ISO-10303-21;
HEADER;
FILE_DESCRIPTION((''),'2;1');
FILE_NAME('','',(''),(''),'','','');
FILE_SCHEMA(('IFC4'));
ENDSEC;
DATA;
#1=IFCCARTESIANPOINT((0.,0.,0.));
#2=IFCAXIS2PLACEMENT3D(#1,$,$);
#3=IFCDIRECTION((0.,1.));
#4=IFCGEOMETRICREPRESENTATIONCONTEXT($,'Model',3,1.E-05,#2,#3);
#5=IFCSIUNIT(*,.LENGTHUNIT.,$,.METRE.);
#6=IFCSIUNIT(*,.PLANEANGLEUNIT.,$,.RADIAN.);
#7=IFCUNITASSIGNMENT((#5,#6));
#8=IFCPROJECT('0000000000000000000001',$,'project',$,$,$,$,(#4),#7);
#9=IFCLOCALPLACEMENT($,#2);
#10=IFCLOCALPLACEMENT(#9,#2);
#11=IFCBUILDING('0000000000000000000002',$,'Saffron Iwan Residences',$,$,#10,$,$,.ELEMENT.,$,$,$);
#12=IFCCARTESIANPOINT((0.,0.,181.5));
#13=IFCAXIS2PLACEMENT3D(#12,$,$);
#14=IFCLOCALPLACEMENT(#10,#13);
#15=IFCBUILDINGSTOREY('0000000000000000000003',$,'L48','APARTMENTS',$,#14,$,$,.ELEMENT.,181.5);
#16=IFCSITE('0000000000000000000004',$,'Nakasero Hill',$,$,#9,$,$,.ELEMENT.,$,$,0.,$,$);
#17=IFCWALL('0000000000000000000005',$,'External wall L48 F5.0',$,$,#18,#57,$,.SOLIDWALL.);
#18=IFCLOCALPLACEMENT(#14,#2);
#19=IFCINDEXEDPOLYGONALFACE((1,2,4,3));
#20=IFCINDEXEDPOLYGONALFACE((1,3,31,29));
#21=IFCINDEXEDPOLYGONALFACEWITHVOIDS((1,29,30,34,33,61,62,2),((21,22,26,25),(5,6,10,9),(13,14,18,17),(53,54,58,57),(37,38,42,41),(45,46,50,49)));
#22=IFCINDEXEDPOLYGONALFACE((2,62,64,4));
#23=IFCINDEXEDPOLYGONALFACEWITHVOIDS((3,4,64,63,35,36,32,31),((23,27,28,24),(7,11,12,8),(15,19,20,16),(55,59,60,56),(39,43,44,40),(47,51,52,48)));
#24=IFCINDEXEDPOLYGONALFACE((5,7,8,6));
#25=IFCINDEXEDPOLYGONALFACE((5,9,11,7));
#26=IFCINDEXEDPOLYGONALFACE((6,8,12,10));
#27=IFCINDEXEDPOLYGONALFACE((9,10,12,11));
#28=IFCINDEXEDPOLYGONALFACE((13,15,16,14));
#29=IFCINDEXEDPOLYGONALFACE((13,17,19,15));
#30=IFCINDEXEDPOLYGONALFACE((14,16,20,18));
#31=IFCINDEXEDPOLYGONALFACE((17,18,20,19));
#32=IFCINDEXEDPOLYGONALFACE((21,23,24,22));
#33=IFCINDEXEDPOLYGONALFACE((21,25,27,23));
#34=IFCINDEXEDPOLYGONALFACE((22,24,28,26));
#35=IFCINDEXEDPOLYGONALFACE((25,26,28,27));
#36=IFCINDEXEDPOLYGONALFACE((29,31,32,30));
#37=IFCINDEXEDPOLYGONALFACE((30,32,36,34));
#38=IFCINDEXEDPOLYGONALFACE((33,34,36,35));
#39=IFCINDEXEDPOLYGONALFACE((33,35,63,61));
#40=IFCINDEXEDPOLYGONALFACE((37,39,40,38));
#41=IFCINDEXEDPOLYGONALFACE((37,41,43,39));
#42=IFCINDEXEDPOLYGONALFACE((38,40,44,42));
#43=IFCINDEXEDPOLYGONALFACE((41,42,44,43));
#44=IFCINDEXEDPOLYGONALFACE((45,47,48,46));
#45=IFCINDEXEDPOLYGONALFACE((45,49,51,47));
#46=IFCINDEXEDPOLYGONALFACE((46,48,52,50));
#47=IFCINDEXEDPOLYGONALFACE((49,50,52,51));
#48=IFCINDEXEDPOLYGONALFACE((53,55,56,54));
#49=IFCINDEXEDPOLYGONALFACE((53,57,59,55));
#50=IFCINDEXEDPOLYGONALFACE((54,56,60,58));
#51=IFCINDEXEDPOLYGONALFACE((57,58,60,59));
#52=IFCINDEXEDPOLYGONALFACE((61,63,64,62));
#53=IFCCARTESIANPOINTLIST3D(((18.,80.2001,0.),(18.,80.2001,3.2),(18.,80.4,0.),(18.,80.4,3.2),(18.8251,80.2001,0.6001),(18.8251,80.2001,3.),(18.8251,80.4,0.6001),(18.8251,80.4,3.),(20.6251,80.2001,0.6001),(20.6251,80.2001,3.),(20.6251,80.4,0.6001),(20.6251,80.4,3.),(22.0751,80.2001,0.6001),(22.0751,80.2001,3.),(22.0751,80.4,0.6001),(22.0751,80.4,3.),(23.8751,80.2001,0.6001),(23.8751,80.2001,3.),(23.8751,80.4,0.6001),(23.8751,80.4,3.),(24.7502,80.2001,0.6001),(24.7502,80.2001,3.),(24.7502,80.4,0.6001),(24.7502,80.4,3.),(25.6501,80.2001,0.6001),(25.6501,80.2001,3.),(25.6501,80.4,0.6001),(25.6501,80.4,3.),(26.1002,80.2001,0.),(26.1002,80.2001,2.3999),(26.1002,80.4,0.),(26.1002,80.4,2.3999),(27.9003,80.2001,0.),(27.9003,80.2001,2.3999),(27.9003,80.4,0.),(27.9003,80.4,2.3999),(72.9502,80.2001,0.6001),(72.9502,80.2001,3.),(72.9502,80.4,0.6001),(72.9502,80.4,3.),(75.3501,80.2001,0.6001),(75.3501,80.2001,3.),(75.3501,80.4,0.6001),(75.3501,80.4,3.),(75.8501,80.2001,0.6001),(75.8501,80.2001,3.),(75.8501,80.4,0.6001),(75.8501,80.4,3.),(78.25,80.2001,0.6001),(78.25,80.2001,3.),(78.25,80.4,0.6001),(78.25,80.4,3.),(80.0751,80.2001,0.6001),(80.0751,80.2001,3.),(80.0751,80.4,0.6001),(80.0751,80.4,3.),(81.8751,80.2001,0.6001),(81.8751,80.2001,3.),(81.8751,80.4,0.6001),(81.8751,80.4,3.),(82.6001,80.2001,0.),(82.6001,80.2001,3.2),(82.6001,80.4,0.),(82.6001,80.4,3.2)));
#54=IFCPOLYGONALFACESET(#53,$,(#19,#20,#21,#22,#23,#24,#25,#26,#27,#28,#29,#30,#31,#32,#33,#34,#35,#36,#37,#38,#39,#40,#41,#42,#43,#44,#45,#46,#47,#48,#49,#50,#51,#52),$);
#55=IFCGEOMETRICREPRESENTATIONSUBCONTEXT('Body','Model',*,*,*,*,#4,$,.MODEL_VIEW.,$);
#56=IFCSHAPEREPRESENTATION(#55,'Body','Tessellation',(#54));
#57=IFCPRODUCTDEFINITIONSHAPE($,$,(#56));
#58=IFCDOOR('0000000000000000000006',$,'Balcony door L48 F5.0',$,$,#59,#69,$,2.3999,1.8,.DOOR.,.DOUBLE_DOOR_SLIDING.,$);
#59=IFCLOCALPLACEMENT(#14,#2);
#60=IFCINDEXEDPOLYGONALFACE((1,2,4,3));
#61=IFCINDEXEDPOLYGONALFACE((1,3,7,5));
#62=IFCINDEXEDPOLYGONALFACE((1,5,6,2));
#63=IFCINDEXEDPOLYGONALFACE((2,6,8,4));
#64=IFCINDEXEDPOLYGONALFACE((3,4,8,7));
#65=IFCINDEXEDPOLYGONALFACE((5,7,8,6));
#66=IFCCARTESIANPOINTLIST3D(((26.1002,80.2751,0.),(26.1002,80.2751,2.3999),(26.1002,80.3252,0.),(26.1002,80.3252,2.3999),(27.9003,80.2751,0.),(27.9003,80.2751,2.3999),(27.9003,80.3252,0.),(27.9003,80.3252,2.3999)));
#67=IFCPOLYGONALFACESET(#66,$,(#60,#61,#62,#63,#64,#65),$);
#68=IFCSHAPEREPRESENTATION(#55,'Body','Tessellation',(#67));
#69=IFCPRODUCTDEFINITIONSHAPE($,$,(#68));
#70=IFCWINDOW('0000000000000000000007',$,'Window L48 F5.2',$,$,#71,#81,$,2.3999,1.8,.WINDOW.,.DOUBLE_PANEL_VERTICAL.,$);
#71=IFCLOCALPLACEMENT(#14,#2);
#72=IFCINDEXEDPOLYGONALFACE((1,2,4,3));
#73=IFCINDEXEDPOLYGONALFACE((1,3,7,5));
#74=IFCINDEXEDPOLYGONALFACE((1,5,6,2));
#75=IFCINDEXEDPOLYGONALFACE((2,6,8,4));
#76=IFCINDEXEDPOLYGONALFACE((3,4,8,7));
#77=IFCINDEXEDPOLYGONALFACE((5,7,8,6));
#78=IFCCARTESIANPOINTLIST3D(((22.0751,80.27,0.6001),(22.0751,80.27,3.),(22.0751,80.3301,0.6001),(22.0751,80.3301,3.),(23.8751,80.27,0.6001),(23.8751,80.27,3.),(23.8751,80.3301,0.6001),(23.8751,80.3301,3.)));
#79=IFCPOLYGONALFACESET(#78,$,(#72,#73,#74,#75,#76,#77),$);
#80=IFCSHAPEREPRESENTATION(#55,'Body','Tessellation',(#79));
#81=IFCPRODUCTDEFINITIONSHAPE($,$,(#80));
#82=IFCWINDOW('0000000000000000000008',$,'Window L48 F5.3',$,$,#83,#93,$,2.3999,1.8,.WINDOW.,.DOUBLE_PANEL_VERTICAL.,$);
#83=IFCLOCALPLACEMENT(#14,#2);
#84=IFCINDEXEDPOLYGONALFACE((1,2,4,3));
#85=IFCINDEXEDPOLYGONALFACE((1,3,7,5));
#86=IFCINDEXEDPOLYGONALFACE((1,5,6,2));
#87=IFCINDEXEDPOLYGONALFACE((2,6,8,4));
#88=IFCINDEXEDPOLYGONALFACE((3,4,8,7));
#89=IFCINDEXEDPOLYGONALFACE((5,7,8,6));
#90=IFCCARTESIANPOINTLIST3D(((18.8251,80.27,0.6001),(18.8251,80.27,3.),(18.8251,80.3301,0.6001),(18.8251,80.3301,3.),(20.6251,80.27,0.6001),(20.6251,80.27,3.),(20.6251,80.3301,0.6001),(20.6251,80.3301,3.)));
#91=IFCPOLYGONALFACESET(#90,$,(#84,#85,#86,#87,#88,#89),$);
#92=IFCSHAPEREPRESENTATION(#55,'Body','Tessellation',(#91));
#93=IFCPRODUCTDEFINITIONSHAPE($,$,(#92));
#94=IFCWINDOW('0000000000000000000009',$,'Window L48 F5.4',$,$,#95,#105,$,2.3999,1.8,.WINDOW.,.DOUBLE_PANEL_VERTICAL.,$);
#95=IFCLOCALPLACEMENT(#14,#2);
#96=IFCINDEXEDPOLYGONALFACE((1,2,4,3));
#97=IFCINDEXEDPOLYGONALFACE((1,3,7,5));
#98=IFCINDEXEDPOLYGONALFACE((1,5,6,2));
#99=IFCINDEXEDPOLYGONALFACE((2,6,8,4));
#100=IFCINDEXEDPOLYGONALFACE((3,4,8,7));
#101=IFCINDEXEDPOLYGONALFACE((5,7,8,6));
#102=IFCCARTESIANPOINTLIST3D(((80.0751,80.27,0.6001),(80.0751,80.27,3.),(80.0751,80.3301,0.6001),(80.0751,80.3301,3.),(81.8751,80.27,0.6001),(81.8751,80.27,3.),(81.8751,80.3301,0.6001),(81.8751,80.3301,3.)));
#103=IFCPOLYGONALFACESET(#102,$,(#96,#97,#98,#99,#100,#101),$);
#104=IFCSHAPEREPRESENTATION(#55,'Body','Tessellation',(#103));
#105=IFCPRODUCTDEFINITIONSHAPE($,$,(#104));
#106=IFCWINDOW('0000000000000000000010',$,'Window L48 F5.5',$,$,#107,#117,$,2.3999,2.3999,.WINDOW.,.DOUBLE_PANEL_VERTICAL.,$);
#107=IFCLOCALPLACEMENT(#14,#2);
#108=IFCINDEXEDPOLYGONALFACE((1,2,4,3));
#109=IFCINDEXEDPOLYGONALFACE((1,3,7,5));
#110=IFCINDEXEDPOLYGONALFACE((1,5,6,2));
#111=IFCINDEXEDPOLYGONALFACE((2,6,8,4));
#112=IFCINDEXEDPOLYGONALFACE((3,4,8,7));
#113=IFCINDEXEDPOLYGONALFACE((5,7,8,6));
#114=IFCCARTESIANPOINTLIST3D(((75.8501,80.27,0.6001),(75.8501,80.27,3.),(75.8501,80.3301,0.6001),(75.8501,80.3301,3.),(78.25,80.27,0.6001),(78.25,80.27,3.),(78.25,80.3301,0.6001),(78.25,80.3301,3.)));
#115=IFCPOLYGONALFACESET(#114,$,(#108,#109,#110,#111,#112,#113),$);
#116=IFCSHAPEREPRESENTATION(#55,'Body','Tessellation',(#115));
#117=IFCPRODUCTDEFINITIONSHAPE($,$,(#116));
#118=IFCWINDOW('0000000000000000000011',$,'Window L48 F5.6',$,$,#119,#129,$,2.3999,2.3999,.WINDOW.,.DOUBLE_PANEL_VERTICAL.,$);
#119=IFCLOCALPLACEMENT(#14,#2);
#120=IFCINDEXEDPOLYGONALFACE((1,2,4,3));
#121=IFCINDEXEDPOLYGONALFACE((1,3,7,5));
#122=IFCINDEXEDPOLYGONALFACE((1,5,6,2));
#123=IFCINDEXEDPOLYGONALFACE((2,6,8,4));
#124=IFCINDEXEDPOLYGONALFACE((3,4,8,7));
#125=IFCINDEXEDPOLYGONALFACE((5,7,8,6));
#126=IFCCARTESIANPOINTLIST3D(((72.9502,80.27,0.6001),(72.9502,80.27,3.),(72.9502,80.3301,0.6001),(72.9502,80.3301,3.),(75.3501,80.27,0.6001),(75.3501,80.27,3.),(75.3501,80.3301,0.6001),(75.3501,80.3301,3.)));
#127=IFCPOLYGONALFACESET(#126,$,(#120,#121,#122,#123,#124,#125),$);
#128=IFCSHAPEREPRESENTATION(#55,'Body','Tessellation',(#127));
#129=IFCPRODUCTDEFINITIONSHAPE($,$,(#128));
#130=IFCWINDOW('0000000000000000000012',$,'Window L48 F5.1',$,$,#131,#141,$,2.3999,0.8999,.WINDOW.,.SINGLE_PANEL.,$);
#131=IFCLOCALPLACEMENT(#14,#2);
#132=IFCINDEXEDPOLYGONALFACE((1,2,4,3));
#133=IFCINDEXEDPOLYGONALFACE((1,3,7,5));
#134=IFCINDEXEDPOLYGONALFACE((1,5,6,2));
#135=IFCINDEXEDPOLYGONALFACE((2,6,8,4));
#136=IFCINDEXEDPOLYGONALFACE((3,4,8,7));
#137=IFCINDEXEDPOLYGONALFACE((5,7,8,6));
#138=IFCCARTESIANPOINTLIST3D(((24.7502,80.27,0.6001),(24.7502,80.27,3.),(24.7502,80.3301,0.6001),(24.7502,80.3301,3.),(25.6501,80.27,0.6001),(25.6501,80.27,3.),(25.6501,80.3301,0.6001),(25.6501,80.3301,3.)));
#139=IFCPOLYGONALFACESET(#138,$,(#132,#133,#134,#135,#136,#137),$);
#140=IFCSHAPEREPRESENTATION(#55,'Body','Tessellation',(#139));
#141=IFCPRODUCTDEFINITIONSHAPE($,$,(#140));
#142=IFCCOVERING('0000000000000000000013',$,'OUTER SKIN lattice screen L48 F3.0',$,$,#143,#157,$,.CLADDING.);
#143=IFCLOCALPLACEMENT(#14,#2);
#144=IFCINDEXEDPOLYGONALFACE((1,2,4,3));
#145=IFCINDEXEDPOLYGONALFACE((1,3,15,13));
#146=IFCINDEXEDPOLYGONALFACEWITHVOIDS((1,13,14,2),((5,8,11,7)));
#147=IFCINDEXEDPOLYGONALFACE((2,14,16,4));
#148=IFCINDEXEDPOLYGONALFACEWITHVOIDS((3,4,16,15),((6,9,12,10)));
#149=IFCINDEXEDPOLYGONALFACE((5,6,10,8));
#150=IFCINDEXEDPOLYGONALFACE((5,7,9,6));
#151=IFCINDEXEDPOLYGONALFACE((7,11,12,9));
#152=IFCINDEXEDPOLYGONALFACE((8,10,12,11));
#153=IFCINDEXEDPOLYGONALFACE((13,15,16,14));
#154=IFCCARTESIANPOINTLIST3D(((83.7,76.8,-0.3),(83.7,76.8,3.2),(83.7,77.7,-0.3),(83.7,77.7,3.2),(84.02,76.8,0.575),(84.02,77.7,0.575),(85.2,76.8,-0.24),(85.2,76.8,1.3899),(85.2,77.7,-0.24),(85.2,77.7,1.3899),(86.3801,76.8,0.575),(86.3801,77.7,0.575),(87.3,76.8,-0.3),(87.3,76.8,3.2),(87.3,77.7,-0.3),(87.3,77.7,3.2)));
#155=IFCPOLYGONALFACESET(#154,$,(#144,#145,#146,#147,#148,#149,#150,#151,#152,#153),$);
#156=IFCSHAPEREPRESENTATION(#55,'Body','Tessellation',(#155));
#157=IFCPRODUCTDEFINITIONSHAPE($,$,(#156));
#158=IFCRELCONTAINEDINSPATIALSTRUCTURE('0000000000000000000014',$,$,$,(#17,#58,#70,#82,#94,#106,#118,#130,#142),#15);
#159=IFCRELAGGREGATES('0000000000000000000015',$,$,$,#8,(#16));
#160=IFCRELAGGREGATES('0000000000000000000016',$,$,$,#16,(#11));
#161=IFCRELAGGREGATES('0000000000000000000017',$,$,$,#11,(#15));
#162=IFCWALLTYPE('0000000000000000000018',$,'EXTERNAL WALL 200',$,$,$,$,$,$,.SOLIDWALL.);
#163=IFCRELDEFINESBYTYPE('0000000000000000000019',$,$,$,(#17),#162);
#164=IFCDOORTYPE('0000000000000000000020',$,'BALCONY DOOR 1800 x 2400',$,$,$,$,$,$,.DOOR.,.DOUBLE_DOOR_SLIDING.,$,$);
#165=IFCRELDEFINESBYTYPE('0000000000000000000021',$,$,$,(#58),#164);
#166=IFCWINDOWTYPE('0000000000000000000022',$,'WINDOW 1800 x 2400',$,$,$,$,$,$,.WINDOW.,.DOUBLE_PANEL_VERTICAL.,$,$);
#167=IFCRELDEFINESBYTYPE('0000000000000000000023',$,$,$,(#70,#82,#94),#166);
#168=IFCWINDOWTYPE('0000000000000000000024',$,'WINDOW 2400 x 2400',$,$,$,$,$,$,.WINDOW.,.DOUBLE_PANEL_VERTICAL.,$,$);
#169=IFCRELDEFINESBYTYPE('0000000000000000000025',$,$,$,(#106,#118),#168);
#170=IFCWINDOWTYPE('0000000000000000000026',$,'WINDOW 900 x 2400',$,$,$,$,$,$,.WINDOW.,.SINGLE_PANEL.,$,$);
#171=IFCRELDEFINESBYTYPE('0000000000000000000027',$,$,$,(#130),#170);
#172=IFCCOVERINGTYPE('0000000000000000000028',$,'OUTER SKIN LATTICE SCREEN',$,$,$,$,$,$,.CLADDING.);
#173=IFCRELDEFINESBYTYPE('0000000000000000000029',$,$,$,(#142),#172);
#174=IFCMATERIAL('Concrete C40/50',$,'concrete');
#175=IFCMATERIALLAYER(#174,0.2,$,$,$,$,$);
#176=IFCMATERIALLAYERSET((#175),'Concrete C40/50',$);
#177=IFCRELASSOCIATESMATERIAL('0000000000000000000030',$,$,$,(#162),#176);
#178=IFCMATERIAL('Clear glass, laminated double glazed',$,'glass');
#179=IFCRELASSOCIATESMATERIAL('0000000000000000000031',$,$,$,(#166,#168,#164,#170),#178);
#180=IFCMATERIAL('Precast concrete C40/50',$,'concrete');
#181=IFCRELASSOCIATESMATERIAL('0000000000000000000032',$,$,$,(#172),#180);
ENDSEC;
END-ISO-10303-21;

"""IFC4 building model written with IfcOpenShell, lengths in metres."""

from ifc_helpers import new_model, si_unit, direction, frame, frame_2d, origin, place, context, subcontext, project, spatial, polyline, rectangle, outline, extrude, material, layer, layer_set, type_object, element, fill, save


model = new_model("IFC4")

# Units and contexts
model_context = context("Model", 3, precision=1e-05, world=origin(), true_north=direction((0.0, 1.0)))
body_context = subcontext(model_context, "Body", "Model", "MODEL_VIEW")
ifc_project = project(units=[si_unit("LENGTHUNIT", "METRE"), si_unit("PLANEANGLEUNIT", "RADIAN")], contexts=[model_context])

# Site, building, storey
site_placement = place(None, origin())
site = spatial("IfcSite", under=ifc_project, at=site_placement, Name="Nakasero Hill", CompositionType="ELEMENT", RefElevation=0.0)
building_placement = place(site_placement, origin())
building = spatial("IfcBuilding", under=site, at=building_placement, Name="Saffron Iwan Residences", CompositionType="ELEMENT")
storey_placement = place(building_placement, frame((0.0, 0.0, 181.5)))
storey = spatial("IfcBuildingStorey", under=building, at=storey_placement, Name="L48", Description="APARTMENTS", CompositionType="ELEMENT", Elevation=181.5)

# Shared definitions
ifc_material_1 = material(Name="Concrete C40/50", Category="concrete")
ifc_layer = layer(ifc_material_1, 0.2)
ifc_layer_set = layer_set([ifc_layer], Name="Concrete C40/50")
wall_type = type_object("IfcWallType", Name="EXTERNAL WALL 200", PredefinedType="SOLIDWALL", material=ifc_layer_set)
ifc_material_2 = material(Name="Clear glass, laminated double glazed", Category="glass")
window_type_1 = type_object("IfcWindowType", Name="WINDOW 1800 x 2400", PartitioningType="DOUBLE_PANEL_VERTICAL", PredefinedType="WINDOW", material=ifc_material_2)
window_type_2 = type_object("IfcWindowType", Name="WINDOW 2400 x 2400", PartitioningType="DOUBLE_PANEL_VERTICAL", PredefinedType="WINDOW", material=ifc_material_2)

# Wall, openings, door, windows
wall_1_placement = place(storey_placement, frame((82.6001, 80.3, 0.0), z_axis=(0.0, 0.0, 1.0), x_axis=(-1.0, 0.0, 0.0)))
wall_1 = element("IfcWall", 1, at=wall_1_placement, inside=storey, type_object=wall_type, Name="External wall L48 F5.0", PredefinedType="SOLIDWALL", context=body_context, shape_type="SweptSolid", body=[
    extrude(rectangle(XDim=64.6001, YDim=0.2, at=frame_2d((32.3, 0.0))), origin(), (0.0, 0.0, 1.0), 3.2),
])
opening_1_placement = place(wall_1_placement, frame((54.7, 0.0, 0.0)))
opening_1 = element("IfcOpeningElement", 2, at=opening_1_placement, cuts=wall_1, PredefinedType="OPENING", context=body_context, shape_type="SweptSolid", body=[
    extrude(rectangle(XDim=1.8, YDim=2.3999, at=frame_2d((0.8999, 1.2))), frame((0.0, 0.1099, 0.0), z_axis=(0.0, -1.0, 0.0), x_axis=(1.0, 0.0, 0.0)), (0.0, 0.0, 1.0), 0.22),
])
opening_2_placement = place(wall_1_placement, frame((56.95, 0.0, 0.6001)))
opening_2 = element("IfcOpeningElement", 3, at=opening_2_placement, cuts=wall_1, PredefinedType="OPENING", context=body_context, shape_type="SweptSolid", body=[
    extrude(rectangle(XDim=0.8999, YDim=2.3999, at=frame_2d((0.45, 1.2))), frame((0.0, 0.1099, 0.0), z_axis=(0.0, -1.0, 0.0), x_axis=(1.0, 0.0, 0.0)), (0.0, 0.0, 1.0), 0.22),
])
opening_3_placement = place(wall_1_placement, frame((58.7251, 0.0, 0.6001)))
opening_3 = element("IfcOpeningElement", 4, at=opening_3_placement, cuts=wall_1, PredefinedType="OPENING", context=body_context, shape_type="SweptSolid", body=[
    extrude(rectangle(XDim=1.8, YDim=2.3999, at=frame_2d((0.8999, 1.2))), frame((0.0, 0.1099, 0.0), z_axis=(0.0, -1.0, 0.0), x_axis=(1.0, 0.0, 0.0)), (0.0, 0.0, 1.0), 0.22),
])
opening_4_placement = place(wall_1_placement, frame((61.9751, 0.0, 0.6001)))
opening_4 = element("IfcOpeningElement", 5, at=opening_4_placement, cuts=wall_1, PredefinedType="OPENING", context=body_context, shape_type="SweptSolid", body=[
    extrude(rectangle(XDim=1.8, YDim=2.3999, at=frame_2d((0.8999, 1.2))), frame((0.0, 0.1099, 0.0), z_axis=(0.0, -1.0, 0.0), x_axis=(1.0, 0.0, 0.0)), (0.0, 0.0, 1.0), 0.22),
])
opening_5_placement = place(wall_1_placement, frame((0.7251, 0.0, 0.6001)))
opening_5 = element("IfcOpeningElement", 6, at=opening_5_placement, cuts=wall_1, PredefinedType="OPENING", context=body_context, shape_type="SweptSolid", body=[
    extrude(rectangle(XDim=1.8, YDim=2.3999, at=frame_2d((0.8999, 1.2))), frame((0.0, 0.1099, 0.0), z_axis=(0.0, -1.0, 0.0), x_axis=(1.0, 0.0, 0.0)), (0.0, 0.0, 1.0), 0.22),
])
opening_6_placement = place(wall_1_placement, frame((4.3501, 0.0, 0.6001)))
opening_6 = element("IfcOpeningElement", 7, at=opening_6_placement, cuts=wall_1, PredefinedType="OPENING", context=body_context, shape_type="SweptSolid", body=[
    extrude(rectangle(XDim=2.3999, YDim=2.3999, at=frame_2d((1.2, 1.2))), frame((0.0, 0.1099, 0.0), z_axis=(0.0, -1.0, 0.0), x_axis=(1.0, 0.0, 0.0)), (0.0, 0.0, 1.0), 0.22),
])
opening_7_placement = place(wall_1_placement, frame((7.25, 0.0, 0.6001)))
opening_7 = element("IfcOpeningElement", 8, at=opening_7_placement, cuts=wall_1, PredefinedType="OPENING", context=body_context, shape_type="SweptSolid", body=[
    extrude(rectangle(XDim=2.3999, YDim=2.3999, at=frame_2d((1.2, 1.2))), frame((0.0, 0.1099, 0.0), z_axis=(0.0, -1.0, 0.0), x_axis=(1.0, 0.0, 0.0)), (0.0, 0.0, 1.0), 0.22),
])
door_type = type_object("IfcDoorType", Name="BALCONY DOOR 1800 x 2400", OperationType="DOUBLE_DOOR_SLIDING", PredefinedType="DOOR", material=ifc_material_2)
door_placement = place(opening_1_placement, origin())
door = element("IfcDoor", 9, at=door_placement, inside=storey, type_object=door_type, Name="Balcony door L48 F5.0", OperationType="DOUBLE_DOOR_SLIDING", OverallHeight=2.3999, OverallWidth=1.8, PredefinedType="DOOR", context=body_context, shape_type="SweptSolid", body=[
    extrude(rectangle(XDim=1.8, YDim=2.3999, at=frame_2d((0.8999, 1.2))), frame((0.0, 0.0249, 0.0), z_axis=(0.0, -1.0, 0.0), x_axis=(1.0, 0.0, 0.0)), (0.0, 0.0, 1.0), 0.05),
])
fill(opening_1, door)
window_1_placement = place(opening_3_placement, origin())
window_1 = element("IfcWindow", 10, at=window_1_placement, inside=storey, type_object=window_type_1, Name="Window L48 F5.2", OverallHeight=2.3999, OverallWidth=1.8, PartitioningType="DOUBLE_PANEL_VERTICAL", PredefinedType="WINDOW", context=body_context, shape_type="SweptSolid", body=[
    extrude(rectangle(XDim=1.8, YDim=2.3999, at=frame_2d((0.8999, 1.2))), frame((0.0, 0.03, 0.0), z_axis=(0.0, -1.0, 0.0), x_axis=(1.0, 0.0, 0.0)), (0.0, 0.0, 1.0), 0.0601),
])
fill(opening_3, window_1)
window_2_placement = place(opening_4_placement, origin())
window_2 = element("IfcWindow", 11, at=window_2_placement, inside=storey, type_object=window_type_1, Name="Window L48 F5.3", OverallHeight=2.3999, OverallWidth=1.8, PartitioningType="DOUBLE_PANEL_VERTICAL", PredefinedType="WINDOW", context=body_context, shape_type="SweptSolid", body=[
    extrude(rectangle(XDim=1.8, YDim=2.3999, at=frame_2d((0.8999, 1.2))), frame((0.0, 0.03, 0.0), z_axis=(0.0, -1.0, 0.0), x_axis=(1.0, 0.0, 0.0)), (0.0, 0.0, 1.0), 0.0601),
])
fill(opening_4, window_2)
window_3_placement = place(opening_5_placement, origin())
window_3 = element("IfcWindow", 12, at=window_3_placement, inside=storey, type_object=window_type_1, Name="Window L48 F5.4", OverallHeight=2.3999, OverallWidth=1.8, PartitioningType="DOUBLE_PANEL_VERTICAL", PredefinedType="WINDOW", context=body_context, shape_type="SweptSolid", body=[
    extrude(rectangle(XDim=1.8, YDim=2.3999, at=frame_2d((0.8999, 1.2))), frame((0.0, 0.03, 0.0), z_axis=(0.0, -1.0, 0.0), x_axis=(1.0, 0.0, 0.0)), (0.0, 0.0, 1.0), 0.0601),
])
fill(opening_5, window_3)
window_4_placement = place(opening_6_placement, origin())
window_4 = element("IfcWindow", 13, at=window_4_placement, inside=storey, type_object=window_type_2, Name="Window L48 F5.5", OverallHeight=2.3999, OverallWidth=2.3999, PartitioningType="DOUBLE_PANEL_VERTICAL", PredefinedType="WINDOW", context=body_context, shape_type="SweptSolid", body=[
    extrude(rectangle(XDim=2.3999, YDim=2.3999, at=frame_2d((1.2, 1.2))), frame((0.0, 0.03, 0.0), z_axis=(0.0, -1.0, 0.0), x_axis=(1.0, 0.0, 0.0)), (0.0, 0.0, 1.0), 0.0601),
])
fill(opening_6, window_4)
window_5_placement = place(opening_7_placement, origin())
window_5 = element("IfcWindow", 14, at=window_5_placement, inside=storey, type_object=window_type_2, Name="Window L48 F5.6", OverallHeight=2.3999, OverallWidth=2.3999, PartitioningType="DOUBLE_PANEL_VERTICAL", PredefinedType="WINDOW", context=body_context, shape_type="SweptSolid", body=[
    extrude(rectangle(XDim=2.3999, YDim=2.3999, at=frame_2d((1.2, 1.2))), frame((0.0, 0.03, 0.0), z_axis=(0.0, -1.0, 0.0), x_axis=(1.0, 0.0, 0.0)), (0.0, 0.0, 1.0), 0.0601),
])
fill(opening_7, window_5)
window_type_3 = type_object("IfcWindowType", Name="WINDOW 900 x 2400", PartitioningType="SINGLE_PANEL", PredefinedType="WINDOW", material=ifc_material_2)
window_6_placement = place(opening_2_placement, origin())
window_6 = element("IfcWindow", 15, at=window_6_placement, inside=storey, type_object=window_type_3, Name="Window L48 F5.1", OverallHeight=2.3999, OverallWidth=0.8999, PartitioningType="SINGLE_PANEL", PredefinedType="WINDOW", context=body_context, shape_type="SweptSolid", body=[
    extrude(rectangle(XDim=0.8999, YDim=2.3999, at=frame_2d((0.45, 1.2))), frame((0.0, 0.03, 0.0), z_axis=(0.0, -1.0, 0.0), x_axis=(1.0, 0.0, 0.0)), (0.0, 0.0, 1.0), 0.0601),
])
fill(opening_2, window_6)

# Covering
ifc_material_3 = material(Name="Precast concrete C40/50", Category="concrete")
covering_type_1 = type_object("IfcCoveringType", Name="OUTER SKIN LATTICE SCREEN", PredefinedType="CLADDING", material=ifc_material_3)
covering_1_placement = place(storey_placement, frame((87.3, 76.8, -0.3), z_axis=(0.0, 1.0, 0.0), x_axis=(-1.0, 0.0, 0.0)))
element("IfcCovering", 16, at=covering_1_placement, inside=storey, type_object=covering_type_1, Name="OUTER SKIN lattice screen L48 F3.0", PredefinedType="CLADDING", context=body_context, shape_type="SweptSolid", body=[
    extrude(outline(polyline([(0.0, 0.0), (3.6001, 0.0), (3.6001, 3.5), (0.0, 3.5), (0.0, 0.0)]), holes=[polyline([(0.9199, 0.875), (2.1001, 0.0601), (3.28, 0.875), (2.1001, 1.6899), (0.9199, 0.875)])]), origin(), (0.0, 0.0, 1.0), 0.8999),
])

save(model, "model.ifc")
